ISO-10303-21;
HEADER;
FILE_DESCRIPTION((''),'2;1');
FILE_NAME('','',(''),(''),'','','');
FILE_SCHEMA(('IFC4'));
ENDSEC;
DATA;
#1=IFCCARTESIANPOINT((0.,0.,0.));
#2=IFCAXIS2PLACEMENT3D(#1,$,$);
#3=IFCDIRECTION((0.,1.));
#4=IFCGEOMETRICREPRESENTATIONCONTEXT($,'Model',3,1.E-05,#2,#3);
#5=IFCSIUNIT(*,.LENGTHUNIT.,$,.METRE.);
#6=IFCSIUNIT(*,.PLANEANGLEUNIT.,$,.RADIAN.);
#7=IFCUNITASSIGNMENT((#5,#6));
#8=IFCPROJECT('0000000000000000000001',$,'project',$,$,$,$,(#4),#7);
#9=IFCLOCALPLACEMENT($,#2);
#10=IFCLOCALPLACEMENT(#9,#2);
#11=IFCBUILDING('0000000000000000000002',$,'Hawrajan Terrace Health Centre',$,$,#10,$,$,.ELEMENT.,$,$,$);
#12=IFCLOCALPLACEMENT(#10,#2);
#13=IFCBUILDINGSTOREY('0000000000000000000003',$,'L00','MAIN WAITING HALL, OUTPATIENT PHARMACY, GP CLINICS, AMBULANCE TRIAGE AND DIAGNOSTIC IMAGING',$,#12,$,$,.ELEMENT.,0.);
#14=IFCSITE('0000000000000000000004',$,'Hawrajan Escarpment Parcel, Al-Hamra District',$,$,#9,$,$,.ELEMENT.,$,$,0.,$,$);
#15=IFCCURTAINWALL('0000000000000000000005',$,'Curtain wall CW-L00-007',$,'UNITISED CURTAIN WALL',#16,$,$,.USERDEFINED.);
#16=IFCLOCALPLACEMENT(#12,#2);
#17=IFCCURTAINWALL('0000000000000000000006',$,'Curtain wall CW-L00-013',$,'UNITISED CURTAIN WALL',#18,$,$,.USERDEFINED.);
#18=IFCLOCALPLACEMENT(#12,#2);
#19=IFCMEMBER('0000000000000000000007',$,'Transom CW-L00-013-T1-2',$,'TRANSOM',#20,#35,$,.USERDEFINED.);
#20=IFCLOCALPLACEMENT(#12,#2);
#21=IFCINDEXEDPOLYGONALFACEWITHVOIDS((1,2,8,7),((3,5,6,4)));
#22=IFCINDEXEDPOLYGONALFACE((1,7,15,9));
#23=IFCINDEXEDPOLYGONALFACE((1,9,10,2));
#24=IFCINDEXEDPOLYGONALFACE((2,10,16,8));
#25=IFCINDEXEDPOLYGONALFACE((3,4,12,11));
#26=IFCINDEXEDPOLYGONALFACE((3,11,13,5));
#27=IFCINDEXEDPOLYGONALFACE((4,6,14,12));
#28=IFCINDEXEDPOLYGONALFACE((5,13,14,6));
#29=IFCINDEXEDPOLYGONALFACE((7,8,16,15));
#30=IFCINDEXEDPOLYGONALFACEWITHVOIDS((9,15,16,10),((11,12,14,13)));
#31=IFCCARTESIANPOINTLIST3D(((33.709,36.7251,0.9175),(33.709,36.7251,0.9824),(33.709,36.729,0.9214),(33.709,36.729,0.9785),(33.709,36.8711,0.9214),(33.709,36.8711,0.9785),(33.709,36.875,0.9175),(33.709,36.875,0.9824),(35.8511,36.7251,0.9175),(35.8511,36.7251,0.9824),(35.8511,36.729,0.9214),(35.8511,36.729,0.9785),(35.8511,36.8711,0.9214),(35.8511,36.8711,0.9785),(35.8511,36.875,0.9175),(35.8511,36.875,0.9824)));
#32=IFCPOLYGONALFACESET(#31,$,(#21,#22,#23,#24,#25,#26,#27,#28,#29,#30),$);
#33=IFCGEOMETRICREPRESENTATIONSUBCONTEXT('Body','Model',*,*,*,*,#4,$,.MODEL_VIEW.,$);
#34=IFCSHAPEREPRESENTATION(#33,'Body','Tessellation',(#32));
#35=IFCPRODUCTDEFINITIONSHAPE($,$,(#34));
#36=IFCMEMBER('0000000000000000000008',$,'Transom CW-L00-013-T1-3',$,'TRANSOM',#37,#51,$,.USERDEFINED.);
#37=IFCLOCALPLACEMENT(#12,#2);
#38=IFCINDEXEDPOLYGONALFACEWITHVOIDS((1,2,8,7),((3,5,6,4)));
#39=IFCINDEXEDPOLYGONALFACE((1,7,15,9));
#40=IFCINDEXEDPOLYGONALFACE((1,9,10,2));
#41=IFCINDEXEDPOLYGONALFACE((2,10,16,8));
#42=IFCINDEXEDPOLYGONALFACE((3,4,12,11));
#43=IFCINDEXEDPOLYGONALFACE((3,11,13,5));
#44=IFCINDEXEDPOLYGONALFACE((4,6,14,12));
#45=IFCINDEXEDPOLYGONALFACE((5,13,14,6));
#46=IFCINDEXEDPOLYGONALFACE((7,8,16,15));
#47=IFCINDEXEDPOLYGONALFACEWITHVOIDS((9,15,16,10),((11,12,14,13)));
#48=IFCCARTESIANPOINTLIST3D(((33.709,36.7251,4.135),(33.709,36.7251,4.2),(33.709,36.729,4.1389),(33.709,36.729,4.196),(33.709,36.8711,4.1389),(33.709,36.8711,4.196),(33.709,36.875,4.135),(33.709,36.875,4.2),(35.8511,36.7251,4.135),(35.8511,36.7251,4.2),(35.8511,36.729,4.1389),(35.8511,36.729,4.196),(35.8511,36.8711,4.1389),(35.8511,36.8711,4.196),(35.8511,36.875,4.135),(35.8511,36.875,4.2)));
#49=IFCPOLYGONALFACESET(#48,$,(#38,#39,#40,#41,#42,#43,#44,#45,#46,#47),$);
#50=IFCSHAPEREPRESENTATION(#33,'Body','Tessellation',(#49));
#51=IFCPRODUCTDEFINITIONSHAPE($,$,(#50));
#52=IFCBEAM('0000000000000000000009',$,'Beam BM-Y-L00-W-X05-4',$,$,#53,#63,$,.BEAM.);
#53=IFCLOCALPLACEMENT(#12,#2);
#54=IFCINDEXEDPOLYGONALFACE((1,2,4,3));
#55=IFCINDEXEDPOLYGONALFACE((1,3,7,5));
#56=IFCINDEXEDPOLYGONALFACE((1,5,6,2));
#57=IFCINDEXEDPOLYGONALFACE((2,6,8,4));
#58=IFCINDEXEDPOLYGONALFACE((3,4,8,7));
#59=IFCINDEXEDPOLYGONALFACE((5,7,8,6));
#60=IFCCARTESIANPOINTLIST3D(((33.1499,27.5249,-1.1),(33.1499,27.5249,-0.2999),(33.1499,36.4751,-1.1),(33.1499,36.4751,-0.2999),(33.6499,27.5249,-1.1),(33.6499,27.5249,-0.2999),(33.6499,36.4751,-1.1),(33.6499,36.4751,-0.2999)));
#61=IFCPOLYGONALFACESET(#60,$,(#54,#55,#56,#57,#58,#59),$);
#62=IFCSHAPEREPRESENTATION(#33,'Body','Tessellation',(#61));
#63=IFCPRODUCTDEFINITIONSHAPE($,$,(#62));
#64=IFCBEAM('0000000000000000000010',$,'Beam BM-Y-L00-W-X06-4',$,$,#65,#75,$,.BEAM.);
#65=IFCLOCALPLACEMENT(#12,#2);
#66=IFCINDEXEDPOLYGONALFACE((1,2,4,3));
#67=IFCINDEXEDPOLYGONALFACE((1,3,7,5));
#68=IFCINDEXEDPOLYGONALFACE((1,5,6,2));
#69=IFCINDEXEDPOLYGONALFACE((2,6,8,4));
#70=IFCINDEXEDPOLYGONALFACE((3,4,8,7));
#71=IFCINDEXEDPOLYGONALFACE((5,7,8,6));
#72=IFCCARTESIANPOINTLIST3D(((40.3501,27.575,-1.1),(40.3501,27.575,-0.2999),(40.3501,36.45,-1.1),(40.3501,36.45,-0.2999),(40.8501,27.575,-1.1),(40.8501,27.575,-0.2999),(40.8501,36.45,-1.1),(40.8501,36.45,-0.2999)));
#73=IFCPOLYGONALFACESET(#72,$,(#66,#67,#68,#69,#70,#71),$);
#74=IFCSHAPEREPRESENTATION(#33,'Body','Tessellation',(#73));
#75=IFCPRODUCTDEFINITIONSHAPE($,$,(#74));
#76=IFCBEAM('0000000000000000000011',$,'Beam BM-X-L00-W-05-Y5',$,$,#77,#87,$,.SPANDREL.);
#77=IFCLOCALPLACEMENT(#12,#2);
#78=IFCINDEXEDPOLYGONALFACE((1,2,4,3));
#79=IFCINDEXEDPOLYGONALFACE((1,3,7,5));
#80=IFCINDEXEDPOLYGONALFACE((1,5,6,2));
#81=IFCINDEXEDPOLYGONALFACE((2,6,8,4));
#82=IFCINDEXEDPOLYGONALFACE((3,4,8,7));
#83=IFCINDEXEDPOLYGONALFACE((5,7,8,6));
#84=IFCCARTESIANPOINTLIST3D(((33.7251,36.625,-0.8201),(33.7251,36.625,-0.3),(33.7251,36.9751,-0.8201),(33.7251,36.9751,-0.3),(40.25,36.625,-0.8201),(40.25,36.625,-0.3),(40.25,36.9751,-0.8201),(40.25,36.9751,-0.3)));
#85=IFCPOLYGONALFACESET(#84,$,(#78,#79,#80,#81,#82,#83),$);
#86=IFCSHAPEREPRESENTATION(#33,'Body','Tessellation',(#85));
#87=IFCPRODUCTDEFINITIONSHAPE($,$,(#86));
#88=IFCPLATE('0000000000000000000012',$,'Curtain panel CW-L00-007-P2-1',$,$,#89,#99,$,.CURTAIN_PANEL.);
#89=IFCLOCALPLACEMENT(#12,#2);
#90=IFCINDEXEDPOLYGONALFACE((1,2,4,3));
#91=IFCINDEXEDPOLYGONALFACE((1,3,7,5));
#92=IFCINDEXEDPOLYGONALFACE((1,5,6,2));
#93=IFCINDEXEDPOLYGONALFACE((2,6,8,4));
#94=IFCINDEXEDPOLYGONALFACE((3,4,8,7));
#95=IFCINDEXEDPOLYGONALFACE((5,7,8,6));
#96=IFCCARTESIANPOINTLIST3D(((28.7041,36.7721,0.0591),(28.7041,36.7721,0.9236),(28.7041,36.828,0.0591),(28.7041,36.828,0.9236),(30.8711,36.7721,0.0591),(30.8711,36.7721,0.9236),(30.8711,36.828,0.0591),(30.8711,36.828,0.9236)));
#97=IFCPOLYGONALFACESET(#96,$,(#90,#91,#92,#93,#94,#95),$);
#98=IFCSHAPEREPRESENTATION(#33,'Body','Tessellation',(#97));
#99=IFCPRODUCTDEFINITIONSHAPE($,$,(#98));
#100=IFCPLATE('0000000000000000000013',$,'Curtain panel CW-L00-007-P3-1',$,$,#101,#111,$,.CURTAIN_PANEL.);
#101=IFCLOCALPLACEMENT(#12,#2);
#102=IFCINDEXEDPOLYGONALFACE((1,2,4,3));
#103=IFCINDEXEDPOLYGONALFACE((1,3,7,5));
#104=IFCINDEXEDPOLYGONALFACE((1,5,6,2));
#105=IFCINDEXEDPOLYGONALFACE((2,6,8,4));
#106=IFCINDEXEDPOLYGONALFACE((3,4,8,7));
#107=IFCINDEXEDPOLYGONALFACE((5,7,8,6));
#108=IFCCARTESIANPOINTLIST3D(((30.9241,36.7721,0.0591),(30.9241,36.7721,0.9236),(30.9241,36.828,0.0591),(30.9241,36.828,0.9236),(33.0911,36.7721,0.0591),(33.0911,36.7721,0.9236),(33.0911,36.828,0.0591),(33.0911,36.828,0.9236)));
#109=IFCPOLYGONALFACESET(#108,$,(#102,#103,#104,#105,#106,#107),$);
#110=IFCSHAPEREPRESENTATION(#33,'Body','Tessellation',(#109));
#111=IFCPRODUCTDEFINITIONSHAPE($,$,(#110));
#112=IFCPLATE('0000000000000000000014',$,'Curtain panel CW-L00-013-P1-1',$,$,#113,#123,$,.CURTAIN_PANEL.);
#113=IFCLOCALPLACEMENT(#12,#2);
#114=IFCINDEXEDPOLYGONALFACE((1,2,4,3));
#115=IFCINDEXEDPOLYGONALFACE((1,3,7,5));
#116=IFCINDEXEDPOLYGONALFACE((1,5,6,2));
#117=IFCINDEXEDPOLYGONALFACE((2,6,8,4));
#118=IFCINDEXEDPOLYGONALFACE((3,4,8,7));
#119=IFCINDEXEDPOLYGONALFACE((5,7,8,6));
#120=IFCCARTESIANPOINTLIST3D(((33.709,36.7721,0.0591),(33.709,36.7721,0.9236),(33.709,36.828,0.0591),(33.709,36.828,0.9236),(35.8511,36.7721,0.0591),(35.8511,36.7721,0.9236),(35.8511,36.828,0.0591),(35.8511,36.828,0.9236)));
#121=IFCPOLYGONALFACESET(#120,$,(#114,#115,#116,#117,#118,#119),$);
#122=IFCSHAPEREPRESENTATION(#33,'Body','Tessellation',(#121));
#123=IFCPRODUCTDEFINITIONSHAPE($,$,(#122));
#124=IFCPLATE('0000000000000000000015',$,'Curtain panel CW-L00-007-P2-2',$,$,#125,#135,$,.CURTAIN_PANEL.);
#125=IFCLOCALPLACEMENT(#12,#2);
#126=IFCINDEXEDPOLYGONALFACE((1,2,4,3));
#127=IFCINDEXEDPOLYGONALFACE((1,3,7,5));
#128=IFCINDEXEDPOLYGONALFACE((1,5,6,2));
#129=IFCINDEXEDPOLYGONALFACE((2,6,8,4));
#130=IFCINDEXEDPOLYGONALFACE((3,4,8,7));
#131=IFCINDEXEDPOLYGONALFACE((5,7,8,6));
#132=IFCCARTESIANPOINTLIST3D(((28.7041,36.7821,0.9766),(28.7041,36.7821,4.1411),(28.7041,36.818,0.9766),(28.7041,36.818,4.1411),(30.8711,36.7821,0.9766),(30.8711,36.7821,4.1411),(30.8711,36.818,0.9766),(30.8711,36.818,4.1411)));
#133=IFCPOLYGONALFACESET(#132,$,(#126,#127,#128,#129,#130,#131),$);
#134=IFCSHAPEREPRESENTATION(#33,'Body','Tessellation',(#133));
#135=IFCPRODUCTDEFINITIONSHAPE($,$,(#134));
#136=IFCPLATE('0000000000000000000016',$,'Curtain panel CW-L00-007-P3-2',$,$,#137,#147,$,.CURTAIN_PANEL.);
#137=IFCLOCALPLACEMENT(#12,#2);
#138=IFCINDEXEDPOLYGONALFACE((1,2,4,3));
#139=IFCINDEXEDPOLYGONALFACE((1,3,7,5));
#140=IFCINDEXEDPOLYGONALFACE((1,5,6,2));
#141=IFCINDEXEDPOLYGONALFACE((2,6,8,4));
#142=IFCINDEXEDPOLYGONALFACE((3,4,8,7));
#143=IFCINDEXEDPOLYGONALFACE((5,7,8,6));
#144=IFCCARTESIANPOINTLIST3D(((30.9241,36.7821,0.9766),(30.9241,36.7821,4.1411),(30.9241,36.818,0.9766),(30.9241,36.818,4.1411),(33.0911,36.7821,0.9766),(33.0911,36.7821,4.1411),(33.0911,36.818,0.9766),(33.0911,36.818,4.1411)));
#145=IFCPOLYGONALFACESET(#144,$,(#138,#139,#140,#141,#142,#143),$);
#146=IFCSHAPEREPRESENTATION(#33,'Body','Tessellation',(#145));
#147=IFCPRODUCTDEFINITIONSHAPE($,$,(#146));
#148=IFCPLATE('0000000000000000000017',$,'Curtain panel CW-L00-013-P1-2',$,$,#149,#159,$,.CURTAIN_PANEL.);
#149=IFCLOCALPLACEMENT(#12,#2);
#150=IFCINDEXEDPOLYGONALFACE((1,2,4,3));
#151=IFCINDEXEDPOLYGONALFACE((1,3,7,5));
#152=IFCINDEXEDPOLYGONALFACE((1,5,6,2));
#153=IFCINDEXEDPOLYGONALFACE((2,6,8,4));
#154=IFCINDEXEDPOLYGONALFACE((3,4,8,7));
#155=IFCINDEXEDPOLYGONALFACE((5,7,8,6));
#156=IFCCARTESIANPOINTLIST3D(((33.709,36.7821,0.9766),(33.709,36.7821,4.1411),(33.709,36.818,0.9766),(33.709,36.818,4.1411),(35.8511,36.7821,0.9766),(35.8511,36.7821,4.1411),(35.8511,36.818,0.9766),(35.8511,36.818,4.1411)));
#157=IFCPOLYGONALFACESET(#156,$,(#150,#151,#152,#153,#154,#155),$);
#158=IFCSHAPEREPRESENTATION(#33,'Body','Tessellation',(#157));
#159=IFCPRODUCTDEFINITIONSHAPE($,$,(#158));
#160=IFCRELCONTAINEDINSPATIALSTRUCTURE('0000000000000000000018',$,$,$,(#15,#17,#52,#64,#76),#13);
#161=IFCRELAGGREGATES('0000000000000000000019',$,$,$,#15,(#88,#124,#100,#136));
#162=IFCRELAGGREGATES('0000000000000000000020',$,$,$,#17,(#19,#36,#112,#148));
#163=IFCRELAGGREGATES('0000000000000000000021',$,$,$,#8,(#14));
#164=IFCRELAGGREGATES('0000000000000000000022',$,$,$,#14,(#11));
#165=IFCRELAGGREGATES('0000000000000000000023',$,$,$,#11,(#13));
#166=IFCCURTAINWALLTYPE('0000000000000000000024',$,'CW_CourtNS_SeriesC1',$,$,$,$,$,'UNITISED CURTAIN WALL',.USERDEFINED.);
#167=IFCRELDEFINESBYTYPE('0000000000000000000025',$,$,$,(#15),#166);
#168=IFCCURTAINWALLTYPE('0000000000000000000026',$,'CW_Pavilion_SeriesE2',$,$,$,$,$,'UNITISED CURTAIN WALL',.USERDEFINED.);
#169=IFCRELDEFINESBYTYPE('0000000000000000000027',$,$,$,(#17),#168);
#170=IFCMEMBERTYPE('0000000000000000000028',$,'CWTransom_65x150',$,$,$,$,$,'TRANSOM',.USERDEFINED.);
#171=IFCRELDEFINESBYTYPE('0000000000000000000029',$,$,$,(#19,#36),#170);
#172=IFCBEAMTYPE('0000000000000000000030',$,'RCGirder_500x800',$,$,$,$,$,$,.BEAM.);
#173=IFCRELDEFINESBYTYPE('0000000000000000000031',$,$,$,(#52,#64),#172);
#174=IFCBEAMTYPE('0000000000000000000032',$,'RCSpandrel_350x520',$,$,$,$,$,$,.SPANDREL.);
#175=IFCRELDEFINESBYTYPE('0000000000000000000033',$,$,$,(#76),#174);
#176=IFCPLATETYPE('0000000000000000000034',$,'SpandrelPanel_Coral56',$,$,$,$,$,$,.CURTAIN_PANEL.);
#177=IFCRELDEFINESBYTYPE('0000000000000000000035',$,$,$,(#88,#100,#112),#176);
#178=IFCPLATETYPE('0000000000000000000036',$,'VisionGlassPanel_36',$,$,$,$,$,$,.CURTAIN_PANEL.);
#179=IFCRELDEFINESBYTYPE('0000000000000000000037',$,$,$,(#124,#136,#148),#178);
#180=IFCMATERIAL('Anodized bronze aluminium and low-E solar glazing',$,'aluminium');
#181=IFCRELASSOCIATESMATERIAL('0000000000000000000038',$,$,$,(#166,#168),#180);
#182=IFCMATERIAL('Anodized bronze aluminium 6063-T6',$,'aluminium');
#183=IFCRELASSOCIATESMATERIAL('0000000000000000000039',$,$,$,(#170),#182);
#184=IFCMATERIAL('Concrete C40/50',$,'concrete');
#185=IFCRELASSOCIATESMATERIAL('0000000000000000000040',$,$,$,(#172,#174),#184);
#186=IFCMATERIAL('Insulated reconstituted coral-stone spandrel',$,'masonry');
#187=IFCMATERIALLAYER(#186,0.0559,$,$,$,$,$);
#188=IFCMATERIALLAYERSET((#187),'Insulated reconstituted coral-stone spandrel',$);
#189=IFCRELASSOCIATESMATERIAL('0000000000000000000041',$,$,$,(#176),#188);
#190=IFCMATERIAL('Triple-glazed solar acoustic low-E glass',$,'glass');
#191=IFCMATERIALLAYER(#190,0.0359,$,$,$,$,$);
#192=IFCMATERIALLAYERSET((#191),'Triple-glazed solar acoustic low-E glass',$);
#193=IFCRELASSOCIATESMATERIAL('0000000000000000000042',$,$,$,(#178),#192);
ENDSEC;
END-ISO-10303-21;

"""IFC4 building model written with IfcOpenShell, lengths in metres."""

from ifc_helpers import new_model, si_unit, direction, frame, origin, origin_2d, place, context, subcontext, project, spatial, rectangle, hollow_rectangle, extrude, material, layer, layer_set, material_profile, profile_set, type_object, element, aggregate, save


model = new_model("IFC4")

# Units and contexts
model_context = context("Model", 3, precision=1e-05, world=origin(), true_north=direction((0.0, 1.0)))
body_context = subcontext(model_context, "Body", "Model", "MODEL_VIEW")
ifc_project = project(units=[si_unit("LENGTHUNIT", "METRE"), si_unit("PLANEANGLEUNIT", "RADIAN")], contexts=[model_context])

# Site, building, storey
site_placement = place(None, origin())
site = spatial("IfcSite", under=ifc_project, at=site_placement, Name="Hawrajan Escarpment Parcel, Al-Hamra District", CompositionType="ELEMENT", RefElevation=0.0)
building_placement = place(site_placement, origin())
building = spatial("IfcBuilding", under=site, at=building_placement, Name="Hawrajan Terrace Health Centre", CompositionType="ELEMENT")
storey_placement = place(building_placement, origin())
storey = spatial("IfcBuildingStorey", under=building, at=storey_placement, Name="L00", Description="MAIN WAITING HALL, OUTPATIENT PHARMACY, GP CLINICS, AMBULANCE TRIAGE AND DIAGNOSTIC IMAGING", CompositionType="ELEMENT", Elevation=0.0)

# Shared definitions
ifc_material_1 = material(Name="Concrete C40/50", Category="concrete")

# Curtain wall
ifc_material_2 = material(Name="Anodized bronze aluminium and low-E solar glazing", Category="aluminium")
curtain_wall_type_1 = type_object("IfcCurtainWallType", Name="CW_CourtNS_SeriesC1", ElementType="UNITISED CURTAIN WALL", PredefinedType="USERDEFINED", material=ifc_material_2)
curtain_wall_1_placement = place(storey_placement, origin())
curtain_wall_1 = element("IfcCurtainWall", 1, at=curtain_wall_1_placement, inside=storey, type_object=curtain_wall_type_1, Name="Curtain wall CW-L00-007", ObjectType="UNITISED CURTAIN WALL", PredefinedType="USERDEFINED")
ifc_material_3 = material(Name="Anodized bronze aluminium 6063-T6", Category="aluminium")

# Curtain wall
curtain_wall_type_2 = type_object("IfcCurtainWallType", Name="CW_Pavilion_SeriesE2", ElementType="UNITISED CURTAIN WALL", PredefinedType="USERDEFINED", material=ifc_material_2)
curtain_wall_2_placement = place(storey_placement, origin())
curtain_wall_2 = element("IfcCurtainWall", 2, at=curtain_wall_2_placement, inside=storey, type_object=curtain_wall_type_2, Name="Curtain wall CW-L00-013", ObjectType="UNITISED CURTAIN WALL", PredefinedType="USERDEFINED")

# Members
ifc_material_profile_1 = material_profile(ifc_material_3, hollow_rectangle(XDim=0.0649, YDim=0.1499, WallThickness=0.0039, at=origin_2d()), Name="CW TRN 65x150")
ifc_profile_set_1 = profile_set([ifc_material_profile_1], Name="Anodized bronze aluminium 6063-T6")
member_type_1 = type_object("IfcMemberType", Name="CWTransom_65x150", ElementType="TRANSOM", PredefinedType="USERDEFINED", material=ifc_profile_set_1)
member_1_placement = place(storey_placement, frame((33.709, 36.8, 0.95), z_axis=(1.0, 0.0, 0.0), x_axis=(0.0, 0.0, 1.0)))
member_1 = element("IfcMember", 3, at=member_1_placement, type_object=member_type_1, Name="Transom CW-L00-013-T1-2", ObjectType="TRANSOM", PredefinedType="USERDEFINED", context=body_context, shape_type="SweptSolid", body=[
    extrude(hollow_rectangle(XDim=0.0649, YDim=0.1499, WallThickness=0.0039, at=origin_2d()), origin(), (0.0, 0.0, 1.0), 2.1421),
])
member_2_placement = place(storey_placement, frame((33.709, 36.8, 4.1675), z_axis=(1.0, 0.0, 0.0), x_axis=(0.0, 0.0, 1.0)))
member_2 = element("IfcMember", 4, at=member_2_placement, type_object=member_type_1, Name="Transom CW-L00-013-T1-3", ObjectType="TRANSOM", PredefinedType="USERDEFINED", context=body_context, shape_type="SweptSolid", body=[
    extrude(hollow_rectangle(XDim=0.0649, YDim=0.1499, WallThickness=0.0039, at=origin_2d()), origin(), (0.0, 0.0, 1.0), 2.1421),
])

# Beams
ifc_material_profile_2 = material_profile(ifc_material_1, rectangle(XDim=0.5, YDim=0.8, at=origin_2d()), Name="RC BM 500x800")
ifc_profile_set_2 = profile_set([ifc_material_profile_2], Name="Concrete C40/50")
beam_type_1 = type_object("IfcBeamType", Name="RCGirder_500x800", PredefinedType="BEAM", material=ifc_profile_set_2)
beam_1_placement = place(storey_placement, frame((33.3999, 27.5249, -0.7), z_axis=(0.0, 1.0, 0.0), x_axis=(-1.0, 0.0, 0.0)))
element("IfcBeam", 5, at=beam_1_placement, inside=storey, type_object=beam_type_1, Name="Beam BM-Y-L00-W-X05-4", PredefinedType="BEAM", context=body_context, shape_type="SweptSolid", body=[
    extrude(rectangle(XDim=0.5, YDim=0.8, at=origin_2d()), origin(), (0.0, 0.0, 1.0), 8.9502),
])
beam_2_placement = place(storey_placement, frame((40.6001, 27.575, -0.7), z_axis=(0.0, 1.0, 0.0), x_axis=(-1.0, 0.0, 0.0)))
element("IfcBeam", 6, at=beam_2_placement, inside=storey, type_object=beam_type_1, Name="Beam BM-Y-L00-W-X06-4", PredefinedType="BEAM", context=body_context, shape_type="SweptSolid", body=[
    extrude(rectangle(XDim=0.5, YDim=0.8, at=origin_2d()), origin(), (0.0, 0.0, 1.0), 8.875),
])
ifc_material_profile_3 = material_profile(ifc_material_1, rectangle(XDim=0.3501, YDim=0.52, at=origin_2d()), Name="RC SP 350x520")
ifc_profile_set_3 = profile_set([ifc_material_profile_3], Name="Concrete C40/50")
beam_type_2 = type_object("IfcBeamType", Name="RCSpandrel_350x520", PredefinedType="SPANDREL", material=ifc_profile_set_3)
beam_3_placement = place(storey_placement, frame((33.7251, 36.8, -0.5601), z_axis=(1.0, 0.0, 0.0), x_axis=(0.0, 1.0, 0.0)))
element("IfcBeam", 7, at=beam_3_placement, inside=storey, type_object=beam_type_2, Name="Beam BM-X-L00-W-05-Y5", PredefinedType="SPANDREL", context=body_context, shape_type="SweptSolid", body=[
    extrude(rectangle(XDim=0.3501, YDim=0.52, at=origin_2d()), origin(), (0.0, 0.0, 1.0), 6.5249),
])

# Plates
ifc_material_4 = material(Name="Insulated reconstituted coral-stone spandrel", Category="masonry")
ifc_layer_1 = layer(ifc_material_4, 0.0559)
ifc_layer_set_1 = layer_set([ifc_layer_1], Name="Insulated reconstituted coral-stone spandrel")
plate_type_1 = type_object("IfcPlateType", Name="SpandrelPanel_Coral56", PredefinedType="CURTAIN_PANEL", material=ifc_layer_set_1)
plate_1_placement = place(storey_placement, frame((29.7876, 36.8, 0.0591), z_axis=(0.0, 0.0, 1.0), x_axis=(1.0, 0.0, 0.0)))
plate_1 = element("IfcPlate", 8, at=plate_1_placement, type_object=plate_type_1, Name="Curtain panel CW-L00-007-P2-1", PredefinedType="CURTAIN_PANEL", context=body_context, shape_type="SweptSolid", body=[
    extrude(rectangle(XDim=2.167, YDim=0.0559, at=origin_2d()), origin(), (0.0, 0.0, 1.0), 0.8645),
])
plate_2_placement = place(storey_placement, frame((32.0076, 36.8, 0.0591), z_axis=(0.0, 0.0, 1.0), x_axis=(1.0, 0.0, 0.0)))
plate_2 = element("IfcPlate", 9, at=plate_2_placement, type_object=plate_type_1, Name="Curtain panel CW-L00-007-P3-1", PredefinedType="CURTAIN_PANEL", context=body_context, shape_type="SweptSolid", body=[
    extrude(rectangle(XDim=2.167, YDim=0.0559, at=origin_2d()), origin(), (0.0, 0.0, 1.0), 0.8645),
])
plate_3_placement = place(storey_placement, frame((34.78, 36.8, 0.0591), z_axis=(0.0, 0.0, 1.0), x_axis=(1.0, 0.0, 0.0)))
plate_3 = element("IfcPlate", 10, at=plate_3_placement, type_object=plate_type_1, Name="Curtain panel CW-L00-013-P1-1", PredefinedType="CURTAIN_PANEL", context=body_context, shape_type="SweptSolid", body=[
    extrude(rectangle(XDim=2.1421, YDim=0.0559, at=origin_2d()), origin(), (0.0, 0.0, 1.0), 0.8645),
])
ifc_material_5 = material(Name="Triple-glazed solar acoustic low-E glass", Category="glass")
ifc_layer_2 = layer(ifc_material_5, 0.0359)
ifc_layer_set_2 = layer_set([ifc_layer_2], Name="Triple-glazed solar acoustic low-E glass")
plate_type_2 = type_object("IfcPlateType", Name="VisionGlassPanel_36", PredefinedType="CURTAIN_PANEL", material=ifc_layer_set_2)
plate_4_placement = place(storey_placement, frame((29.7876, 36.8, 0.9766), z_axis=(0.0, 0.0, 1.0), x_axis=(1.0, 0.0, 0.0)))
plate_4 = element("IfcPlate", 11, at=plate_4_placement, type_object=plate_type_2, Name="Curtain panel CW-L00-007-P2-2", PredefinedType="CURTAIN_PANEL", context=body_context, shape_type="SweptSolid", body=[
    extrude(rectangle(XDim=2.167, YDim=0.0359, at=origin_2d()), origin(), (0.0, 0.0, 1.0), 3.1646),
])
plate_5_placement = place(storey_placement, frame((32.0076, 36.8, 0.9766), z_axis=(0.0, 0.0, 1.0), x_axis=(1.0, 0.0, 0.0)))
plate_5 = element("IfcPlate", 12, at=plate_5_placement, type_object=plate_type_2, Name="Curtain panel CW-L00-007-P3-2", PredefinedType="CURTAIN_PANEL", context=body_context, shape_type="SweptSolid", body=[
    extrude(rectangle(XDim=2.167, YDim=0.0359, at=origin_2d()), origin(), (0.0, 0.0, 1.0), 3.1646),
])
aggregate(curtain_wall_1, [plate_1, plate_4, plate_2, plate_5])
plate_6_placement = place(storey_placement, frame((34.78, 36.8, 0.9766), z_axis=(0.0, 0.0, 1.0), x_axis=(1.0, 0.0, 0.0)))
plate_6 = element("IfcPlate", 13, at=plate_6_placement, type_object=plate_type_2, Name="Curtain panel CW-L00-013-P1-2", PredefinedType="CURTAIN_PANEL", context=body_context, shape_type="SweptSolid", body=[
    extrude(rectangle(XDim=2.1421, YDim=0.0359, at=origin_2d()), origin(), (0.0, 0.0, 1.0), 3.1646),
])
aggregate(curtain_wall_2, [member_1, member_2, plate_3, plate_6])

save(model, "model.ifc")
